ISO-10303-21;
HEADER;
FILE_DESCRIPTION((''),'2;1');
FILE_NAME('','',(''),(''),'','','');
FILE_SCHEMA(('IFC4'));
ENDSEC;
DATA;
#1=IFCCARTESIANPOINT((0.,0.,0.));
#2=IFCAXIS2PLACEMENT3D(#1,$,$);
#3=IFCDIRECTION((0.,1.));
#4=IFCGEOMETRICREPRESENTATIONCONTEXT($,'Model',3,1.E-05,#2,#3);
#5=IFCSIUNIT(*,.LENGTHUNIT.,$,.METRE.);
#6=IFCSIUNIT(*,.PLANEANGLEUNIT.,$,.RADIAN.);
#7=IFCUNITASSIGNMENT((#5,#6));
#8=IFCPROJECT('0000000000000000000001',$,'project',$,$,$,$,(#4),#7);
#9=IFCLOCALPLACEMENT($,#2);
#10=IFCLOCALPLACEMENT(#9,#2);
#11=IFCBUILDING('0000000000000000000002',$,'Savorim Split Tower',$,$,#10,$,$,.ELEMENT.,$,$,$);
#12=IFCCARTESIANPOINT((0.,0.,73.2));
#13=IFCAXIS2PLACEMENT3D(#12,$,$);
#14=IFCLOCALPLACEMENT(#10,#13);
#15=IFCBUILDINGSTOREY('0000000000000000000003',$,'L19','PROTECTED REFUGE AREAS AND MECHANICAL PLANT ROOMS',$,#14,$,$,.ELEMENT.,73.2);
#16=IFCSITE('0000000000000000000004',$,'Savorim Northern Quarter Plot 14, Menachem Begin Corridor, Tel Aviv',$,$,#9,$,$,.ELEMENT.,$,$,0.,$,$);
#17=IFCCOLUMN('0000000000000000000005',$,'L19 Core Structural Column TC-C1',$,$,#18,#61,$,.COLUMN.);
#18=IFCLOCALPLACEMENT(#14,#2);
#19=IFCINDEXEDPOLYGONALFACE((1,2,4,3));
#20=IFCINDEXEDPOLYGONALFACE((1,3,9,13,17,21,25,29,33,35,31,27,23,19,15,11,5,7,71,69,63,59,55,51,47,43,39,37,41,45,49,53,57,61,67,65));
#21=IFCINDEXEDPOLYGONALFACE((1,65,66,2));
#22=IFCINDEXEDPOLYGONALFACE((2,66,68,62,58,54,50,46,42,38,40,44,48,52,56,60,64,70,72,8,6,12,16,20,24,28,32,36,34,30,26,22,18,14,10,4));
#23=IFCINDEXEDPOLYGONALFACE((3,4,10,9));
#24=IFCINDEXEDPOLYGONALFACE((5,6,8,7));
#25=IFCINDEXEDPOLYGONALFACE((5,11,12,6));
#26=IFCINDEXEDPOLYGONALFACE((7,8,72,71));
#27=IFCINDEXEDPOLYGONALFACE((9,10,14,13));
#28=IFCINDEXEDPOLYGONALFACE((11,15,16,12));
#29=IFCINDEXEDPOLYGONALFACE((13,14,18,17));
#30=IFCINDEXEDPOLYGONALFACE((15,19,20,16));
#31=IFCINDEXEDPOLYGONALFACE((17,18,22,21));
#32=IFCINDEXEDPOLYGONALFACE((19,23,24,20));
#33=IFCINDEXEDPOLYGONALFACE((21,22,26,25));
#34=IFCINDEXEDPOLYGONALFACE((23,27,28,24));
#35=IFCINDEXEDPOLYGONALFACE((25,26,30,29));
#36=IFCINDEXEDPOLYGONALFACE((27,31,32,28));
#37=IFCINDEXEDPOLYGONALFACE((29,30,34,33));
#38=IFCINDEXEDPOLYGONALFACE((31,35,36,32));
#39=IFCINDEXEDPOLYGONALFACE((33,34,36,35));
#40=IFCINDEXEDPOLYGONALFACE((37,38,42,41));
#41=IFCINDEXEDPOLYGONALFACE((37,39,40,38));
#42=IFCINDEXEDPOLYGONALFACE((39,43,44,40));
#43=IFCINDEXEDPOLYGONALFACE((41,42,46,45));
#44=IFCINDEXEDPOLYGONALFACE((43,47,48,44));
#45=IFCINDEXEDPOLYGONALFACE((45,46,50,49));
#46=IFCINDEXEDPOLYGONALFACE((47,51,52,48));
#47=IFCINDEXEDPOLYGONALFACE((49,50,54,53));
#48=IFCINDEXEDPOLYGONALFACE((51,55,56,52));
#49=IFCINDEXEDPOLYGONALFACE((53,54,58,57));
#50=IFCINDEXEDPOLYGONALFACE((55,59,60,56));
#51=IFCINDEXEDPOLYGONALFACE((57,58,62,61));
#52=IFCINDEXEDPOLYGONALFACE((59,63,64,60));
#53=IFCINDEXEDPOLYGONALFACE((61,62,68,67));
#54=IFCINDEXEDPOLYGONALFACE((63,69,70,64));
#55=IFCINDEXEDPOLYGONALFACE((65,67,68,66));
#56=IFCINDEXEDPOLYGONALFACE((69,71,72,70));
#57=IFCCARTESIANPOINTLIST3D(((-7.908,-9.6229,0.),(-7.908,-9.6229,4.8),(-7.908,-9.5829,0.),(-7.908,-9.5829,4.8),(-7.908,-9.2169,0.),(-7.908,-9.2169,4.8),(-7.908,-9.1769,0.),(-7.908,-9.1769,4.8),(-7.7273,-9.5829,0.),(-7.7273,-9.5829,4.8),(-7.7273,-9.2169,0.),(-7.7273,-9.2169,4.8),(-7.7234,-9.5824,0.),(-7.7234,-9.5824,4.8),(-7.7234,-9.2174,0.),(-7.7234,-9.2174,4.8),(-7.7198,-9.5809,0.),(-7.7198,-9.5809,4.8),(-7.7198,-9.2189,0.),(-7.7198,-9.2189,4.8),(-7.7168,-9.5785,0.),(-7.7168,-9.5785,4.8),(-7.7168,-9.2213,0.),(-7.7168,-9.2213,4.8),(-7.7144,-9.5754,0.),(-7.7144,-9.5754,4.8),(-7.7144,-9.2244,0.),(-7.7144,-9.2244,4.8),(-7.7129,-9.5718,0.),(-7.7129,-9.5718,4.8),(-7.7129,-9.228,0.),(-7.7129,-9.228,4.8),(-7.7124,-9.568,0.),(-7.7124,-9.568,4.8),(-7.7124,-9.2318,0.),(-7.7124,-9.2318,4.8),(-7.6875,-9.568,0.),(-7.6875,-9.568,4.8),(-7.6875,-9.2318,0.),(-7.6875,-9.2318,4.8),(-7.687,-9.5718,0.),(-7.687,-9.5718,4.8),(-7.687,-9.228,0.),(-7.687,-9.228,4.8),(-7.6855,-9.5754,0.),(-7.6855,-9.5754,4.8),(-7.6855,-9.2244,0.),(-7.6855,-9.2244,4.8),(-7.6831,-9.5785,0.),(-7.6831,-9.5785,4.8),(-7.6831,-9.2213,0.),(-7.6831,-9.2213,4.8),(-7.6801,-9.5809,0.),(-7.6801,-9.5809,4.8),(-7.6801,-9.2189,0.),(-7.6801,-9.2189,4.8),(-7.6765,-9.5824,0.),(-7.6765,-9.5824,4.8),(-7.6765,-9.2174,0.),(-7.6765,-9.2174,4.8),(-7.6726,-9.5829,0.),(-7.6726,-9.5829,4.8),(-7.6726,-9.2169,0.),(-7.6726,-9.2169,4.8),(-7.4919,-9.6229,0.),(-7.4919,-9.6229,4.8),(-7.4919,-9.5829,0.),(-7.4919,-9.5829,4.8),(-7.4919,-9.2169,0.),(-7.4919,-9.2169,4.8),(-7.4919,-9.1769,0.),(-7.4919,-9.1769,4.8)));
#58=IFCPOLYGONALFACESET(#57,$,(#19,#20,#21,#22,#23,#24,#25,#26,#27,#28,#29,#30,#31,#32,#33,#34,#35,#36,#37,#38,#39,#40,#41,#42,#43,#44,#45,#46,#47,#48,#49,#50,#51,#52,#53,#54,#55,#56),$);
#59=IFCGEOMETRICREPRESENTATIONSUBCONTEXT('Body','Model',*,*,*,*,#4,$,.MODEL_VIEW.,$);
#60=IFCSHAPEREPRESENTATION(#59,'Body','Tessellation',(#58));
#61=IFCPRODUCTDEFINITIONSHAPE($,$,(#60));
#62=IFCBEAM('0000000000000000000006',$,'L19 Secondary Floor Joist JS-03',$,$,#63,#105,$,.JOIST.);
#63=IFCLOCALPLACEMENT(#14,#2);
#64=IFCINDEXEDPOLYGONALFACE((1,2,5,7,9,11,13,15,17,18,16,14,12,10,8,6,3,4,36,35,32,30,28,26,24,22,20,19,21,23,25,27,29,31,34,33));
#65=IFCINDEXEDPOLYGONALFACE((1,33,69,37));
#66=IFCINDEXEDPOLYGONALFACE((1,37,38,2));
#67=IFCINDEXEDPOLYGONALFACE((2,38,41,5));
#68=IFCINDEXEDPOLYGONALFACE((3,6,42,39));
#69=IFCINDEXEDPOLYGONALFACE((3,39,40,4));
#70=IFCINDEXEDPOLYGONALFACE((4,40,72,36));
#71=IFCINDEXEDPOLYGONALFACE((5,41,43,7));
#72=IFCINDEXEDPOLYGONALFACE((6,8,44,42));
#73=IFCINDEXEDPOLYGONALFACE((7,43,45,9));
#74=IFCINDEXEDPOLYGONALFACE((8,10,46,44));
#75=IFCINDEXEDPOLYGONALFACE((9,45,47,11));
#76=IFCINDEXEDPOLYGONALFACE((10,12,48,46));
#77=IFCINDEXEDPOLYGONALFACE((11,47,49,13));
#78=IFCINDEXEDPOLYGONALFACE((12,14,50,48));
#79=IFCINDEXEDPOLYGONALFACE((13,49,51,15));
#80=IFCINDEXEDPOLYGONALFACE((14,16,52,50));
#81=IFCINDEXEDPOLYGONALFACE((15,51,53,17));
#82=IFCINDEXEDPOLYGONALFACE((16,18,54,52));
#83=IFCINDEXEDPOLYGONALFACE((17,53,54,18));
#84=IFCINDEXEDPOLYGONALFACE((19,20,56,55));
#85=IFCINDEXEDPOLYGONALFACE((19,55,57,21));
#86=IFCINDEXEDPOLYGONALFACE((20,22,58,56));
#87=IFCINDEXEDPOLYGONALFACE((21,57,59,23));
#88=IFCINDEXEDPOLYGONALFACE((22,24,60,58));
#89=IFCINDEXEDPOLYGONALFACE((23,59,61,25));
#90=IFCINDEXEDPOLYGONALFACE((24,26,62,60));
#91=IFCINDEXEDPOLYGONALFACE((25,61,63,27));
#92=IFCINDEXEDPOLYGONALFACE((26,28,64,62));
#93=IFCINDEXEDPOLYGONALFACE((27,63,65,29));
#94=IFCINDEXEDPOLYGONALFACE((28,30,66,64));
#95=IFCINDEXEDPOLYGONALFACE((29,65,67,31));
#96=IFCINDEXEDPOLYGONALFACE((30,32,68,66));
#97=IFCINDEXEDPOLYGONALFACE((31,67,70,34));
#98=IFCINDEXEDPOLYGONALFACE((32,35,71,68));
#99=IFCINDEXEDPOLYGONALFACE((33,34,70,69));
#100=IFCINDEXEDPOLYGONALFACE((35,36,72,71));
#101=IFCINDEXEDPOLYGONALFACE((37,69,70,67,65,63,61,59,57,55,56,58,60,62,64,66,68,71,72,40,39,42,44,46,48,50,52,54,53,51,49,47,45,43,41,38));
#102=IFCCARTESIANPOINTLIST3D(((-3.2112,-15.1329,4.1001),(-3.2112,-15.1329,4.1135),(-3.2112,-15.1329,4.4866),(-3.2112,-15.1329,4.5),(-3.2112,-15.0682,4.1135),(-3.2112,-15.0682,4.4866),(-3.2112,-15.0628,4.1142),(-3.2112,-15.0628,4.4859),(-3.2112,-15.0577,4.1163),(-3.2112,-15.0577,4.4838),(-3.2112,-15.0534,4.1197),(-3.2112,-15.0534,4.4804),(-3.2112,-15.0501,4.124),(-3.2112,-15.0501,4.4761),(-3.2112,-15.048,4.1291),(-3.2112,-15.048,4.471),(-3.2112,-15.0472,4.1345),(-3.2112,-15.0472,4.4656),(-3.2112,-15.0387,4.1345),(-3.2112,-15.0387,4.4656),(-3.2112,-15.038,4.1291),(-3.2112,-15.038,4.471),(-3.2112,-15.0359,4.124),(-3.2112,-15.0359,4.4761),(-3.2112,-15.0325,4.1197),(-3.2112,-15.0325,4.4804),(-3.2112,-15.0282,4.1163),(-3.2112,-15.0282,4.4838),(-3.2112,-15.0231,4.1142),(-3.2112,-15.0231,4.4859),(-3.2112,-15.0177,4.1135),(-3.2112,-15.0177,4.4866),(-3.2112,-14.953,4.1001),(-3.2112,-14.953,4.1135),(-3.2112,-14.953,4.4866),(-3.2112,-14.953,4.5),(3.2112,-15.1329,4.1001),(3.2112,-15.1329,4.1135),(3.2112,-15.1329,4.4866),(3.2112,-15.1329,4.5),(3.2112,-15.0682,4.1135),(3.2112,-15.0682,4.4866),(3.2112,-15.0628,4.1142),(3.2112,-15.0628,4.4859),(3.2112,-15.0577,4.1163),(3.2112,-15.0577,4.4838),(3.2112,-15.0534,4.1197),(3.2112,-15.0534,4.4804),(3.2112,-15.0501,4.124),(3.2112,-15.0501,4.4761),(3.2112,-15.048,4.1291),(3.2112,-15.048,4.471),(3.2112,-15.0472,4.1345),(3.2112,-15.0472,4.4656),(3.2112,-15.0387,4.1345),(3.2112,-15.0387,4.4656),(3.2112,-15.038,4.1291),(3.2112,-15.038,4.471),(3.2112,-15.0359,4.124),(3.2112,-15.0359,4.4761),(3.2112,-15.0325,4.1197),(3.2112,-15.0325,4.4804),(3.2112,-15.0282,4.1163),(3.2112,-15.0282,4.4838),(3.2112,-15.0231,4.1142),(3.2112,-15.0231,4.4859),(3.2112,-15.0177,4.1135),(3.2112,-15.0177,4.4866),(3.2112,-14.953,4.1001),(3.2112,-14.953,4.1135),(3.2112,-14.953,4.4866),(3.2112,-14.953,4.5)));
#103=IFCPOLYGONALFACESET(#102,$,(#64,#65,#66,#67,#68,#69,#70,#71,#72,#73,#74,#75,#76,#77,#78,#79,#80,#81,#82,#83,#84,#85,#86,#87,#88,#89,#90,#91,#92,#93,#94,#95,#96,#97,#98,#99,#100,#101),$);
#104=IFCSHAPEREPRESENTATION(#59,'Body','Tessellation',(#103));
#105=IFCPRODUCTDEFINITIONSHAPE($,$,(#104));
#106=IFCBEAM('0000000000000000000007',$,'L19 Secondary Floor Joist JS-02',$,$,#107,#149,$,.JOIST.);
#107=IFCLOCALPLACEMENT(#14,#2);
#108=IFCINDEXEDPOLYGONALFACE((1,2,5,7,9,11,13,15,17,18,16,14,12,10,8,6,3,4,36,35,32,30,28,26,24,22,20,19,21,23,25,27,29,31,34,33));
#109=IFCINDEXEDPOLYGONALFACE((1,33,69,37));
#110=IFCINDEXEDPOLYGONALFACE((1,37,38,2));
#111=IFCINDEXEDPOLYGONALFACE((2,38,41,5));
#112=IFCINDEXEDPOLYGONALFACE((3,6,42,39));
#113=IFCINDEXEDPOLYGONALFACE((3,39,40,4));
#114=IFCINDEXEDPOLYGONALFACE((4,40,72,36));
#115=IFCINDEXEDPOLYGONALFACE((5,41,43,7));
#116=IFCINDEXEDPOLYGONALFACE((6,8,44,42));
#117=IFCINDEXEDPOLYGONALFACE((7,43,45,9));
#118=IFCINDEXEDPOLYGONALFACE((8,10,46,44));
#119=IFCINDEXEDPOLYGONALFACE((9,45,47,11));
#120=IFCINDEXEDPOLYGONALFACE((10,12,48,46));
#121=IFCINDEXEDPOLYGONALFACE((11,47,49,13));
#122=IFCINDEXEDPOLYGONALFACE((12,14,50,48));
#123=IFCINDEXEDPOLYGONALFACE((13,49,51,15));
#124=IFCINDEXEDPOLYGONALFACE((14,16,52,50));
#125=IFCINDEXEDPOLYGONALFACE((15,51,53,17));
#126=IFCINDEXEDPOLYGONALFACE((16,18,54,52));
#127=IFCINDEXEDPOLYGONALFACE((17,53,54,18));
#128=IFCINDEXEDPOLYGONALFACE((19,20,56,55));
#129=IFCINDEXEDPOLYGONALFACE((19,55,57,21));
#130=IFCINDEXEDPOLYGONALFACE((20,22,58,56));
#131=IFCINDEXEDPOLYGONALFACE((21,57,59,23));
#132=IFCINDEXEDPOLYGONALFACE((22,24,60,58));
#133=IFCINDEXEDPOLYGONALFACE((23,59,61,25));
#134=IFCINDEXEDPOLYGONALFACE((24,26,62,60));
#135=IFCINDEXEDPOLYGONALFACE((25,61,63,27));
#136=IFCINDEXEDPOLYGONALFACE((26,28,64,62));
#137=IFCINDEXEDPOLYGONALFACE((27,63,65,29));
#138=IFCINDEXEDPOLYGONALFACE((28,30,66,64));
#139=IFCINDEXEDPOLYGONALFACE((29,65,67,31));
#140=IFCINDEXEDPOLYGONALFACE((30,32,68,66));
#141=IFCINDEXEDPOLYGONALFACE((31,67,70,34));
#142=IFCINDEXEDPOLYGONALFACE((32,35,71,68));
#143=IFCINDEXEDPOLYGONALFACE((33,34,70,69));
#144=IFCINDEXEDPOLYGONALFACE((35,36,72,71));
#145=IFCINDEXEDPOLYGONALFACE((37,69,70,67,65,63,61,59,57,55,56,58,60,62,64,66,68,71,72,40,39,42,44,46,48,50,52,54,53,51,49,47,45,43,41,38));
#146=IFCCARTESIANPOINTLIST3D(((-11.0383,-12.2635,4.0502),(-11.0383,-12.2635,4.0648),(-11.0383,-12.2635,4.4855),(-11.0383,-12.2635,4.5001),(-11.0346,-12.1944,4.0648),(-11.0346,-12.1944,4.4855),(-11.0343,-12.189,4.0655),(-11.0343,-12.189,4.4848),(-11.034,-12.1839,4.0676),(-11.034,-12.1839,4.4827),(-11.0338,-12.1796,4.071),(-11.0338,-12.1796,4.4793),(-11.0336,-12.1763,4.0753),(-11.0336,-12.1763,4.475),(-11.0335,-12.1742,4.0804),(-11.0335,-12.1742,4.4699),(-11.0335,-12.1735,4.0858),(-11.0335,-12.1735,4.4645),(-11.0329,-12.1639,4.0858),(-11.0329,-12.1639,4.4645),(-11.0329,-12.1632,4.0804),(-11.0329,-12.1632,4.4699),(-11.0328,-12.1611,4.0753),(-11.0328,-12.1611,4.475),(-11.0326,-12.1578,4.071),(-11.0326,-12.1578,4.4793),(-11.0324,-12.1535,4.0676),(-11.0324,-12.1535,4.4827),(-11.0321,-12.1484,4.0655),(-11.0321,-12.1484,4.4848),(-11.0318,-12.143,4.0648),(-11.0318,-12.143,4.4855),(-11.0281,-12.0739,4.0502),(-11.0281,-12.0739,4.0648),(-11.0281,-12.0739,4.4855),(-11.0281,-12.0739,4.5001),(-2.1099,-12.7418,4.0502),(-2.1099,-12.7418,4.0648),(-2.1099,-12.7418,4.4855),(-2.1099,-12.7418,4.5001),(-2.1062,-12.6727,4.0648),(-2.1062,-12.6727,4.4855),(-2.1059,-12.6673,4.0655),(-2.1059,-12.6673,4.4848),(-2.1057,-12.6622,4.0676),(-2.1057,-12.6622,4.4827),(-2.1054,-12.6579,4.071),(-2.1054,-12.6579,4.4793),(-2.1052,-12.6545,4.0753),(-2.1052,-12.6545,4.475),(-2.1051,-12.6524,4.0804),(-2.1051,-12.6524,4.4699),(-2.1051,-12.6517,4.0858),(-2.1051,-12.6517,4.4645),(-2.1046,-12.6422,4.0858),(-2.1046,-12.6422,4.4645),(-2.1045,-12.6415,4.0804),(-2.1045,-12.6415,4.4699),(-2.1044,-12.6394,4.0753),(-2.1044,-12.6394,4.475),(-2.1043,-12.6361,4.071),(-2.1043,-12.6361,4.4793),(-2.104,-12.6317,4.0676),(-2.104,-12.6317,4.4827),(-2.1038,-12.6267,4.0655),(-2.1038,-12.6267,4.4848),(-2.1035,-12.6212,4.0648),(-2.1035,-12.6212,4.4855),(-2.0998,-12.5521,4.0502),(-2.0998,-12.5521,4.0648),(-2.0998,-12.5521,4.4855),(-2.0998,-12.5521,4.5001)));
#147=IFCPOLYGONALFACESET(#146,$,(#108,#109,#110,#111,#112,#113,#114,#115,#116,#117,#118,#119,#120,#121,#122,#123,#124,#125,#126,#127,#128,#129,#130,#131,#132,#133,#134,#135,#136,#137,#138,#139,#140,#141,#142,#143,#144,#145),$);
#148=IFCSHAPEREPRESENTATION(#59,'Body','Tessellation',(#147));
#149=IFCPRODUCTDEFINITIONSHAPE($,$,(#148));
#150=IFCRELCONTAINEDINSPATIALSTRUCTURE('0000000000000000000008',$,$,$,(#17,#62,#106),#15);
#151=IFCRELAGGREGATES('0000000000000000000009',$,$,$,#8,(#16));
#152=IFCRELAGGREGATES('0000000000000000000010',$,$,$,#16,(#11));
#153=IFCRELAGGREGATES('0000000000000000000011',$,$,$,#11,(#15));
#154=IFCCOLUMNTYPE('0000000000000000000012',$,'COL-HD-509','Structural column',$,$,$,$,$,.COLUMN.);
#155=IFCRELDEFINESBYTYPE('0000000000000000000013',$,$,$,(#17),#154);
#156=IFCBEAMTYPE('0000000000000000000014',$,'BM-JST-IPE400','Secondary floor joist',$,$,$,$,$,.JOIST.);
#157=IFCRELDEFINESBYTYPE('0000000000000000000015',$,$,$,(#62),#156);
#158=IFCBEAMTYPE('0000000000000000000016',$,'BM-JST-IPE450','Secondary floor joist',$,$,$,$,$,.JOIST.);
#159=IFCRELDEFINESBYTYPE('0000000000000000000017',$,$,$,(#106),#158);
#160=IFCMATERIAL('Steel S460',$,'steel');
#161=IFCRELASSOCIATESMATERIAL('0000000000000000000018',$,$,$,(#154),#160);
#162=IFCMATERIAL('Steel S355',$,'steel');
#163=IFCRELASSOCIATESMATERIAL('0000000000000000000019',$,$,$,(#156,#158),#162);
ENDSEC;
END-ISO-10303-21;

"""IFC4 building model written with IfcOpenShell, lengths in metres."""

from ifc_helpers import new_model, si_unit, direction, frame, origin, origin_2d, place, context, subcontext, project, spatial, i_section, extrude, material, material_profile, profile_set, type_object, element, save


model = new_model("IFC4")

# Units and contexts
model_context = context("Model", 3, precision=1e-05, world=origin(), true_north=direction((0.0, 1.0)))
body_context = subcontext(model_context, "Body", "Model", "MODEL_VIEW")
ifc_project = project(units=[si_unit("LENGTHUNIT", "METRE"), si_unit("PLANEANGLEUNIT", "RADIAN")], contexts=[model_context])

# Site, building, storey
site_placement = place(None, origin())
site = spatial("IfcSite", under=ifc_project, at=site_placement, Name="Savorim Northern Quarter Plot 14, Menachem Begin Corridor, Tel Aviv", CompositionType="ELEMENT", RefElevation=0.0)
building_placement = place(site_placement, origin())
building = spatial("IfcBuilding", under=site, at=building_placement, Name="Savorim Split Tower", CompositionType="ELEMENT")
storey_placement = place(building_placement, frame((0.0, 0.0, 73.2)))
storey = spatial("IfcBuildingStorey", under=building, at=storey_placement, Name="L19", Description="PROTECTED REFUGE AREAS AND MECHANICAL PLANT ROOMS", CompositionType="ELEMENT", Elevation=73.2)

# Column
ifc_material_1 = material(Name="Steel S460", Category="steel")
ifc_material_profile_1 = material_profile(ifc_material_1, i_section(OverallWidth=0.416, OverallDepth=0.446, WebThickness=0.0249, FlangeThickness=0.04, FilletRadius=0.0149, at=origin_2d()), Name="HD 400x509")
ifc_profile_set_1 = profile_set([ifc_material_profile_1], Name="Steel S460")
column_type = type_object("IfcColumnType", Name="COL-HD-509", Description="Structural column", PredefinedType="COLUMN", material=ifc_profile_set_1)
column_placement = place(storey_placement, frame((-7.7, -9.3999, 0.0), z_axis=(0.0, 0.0, 1.0), x_axis=(1.0, 0.0, 0.0)))
element("IfcColumn", 1, at=column_placement, inside=storey, type_object=column_type, Name="L19 Core Structural Column TC-C1", PredefinedType="COLUMN", context=body_context, shape_type="SweptSolid", body=[
    extrude(i_section(OverallWidth=0.416, OverallDepth=0.446, WebThickness=0.0249, FlangeThickness=0.04, FilletRadius=0.0149, at=origin_2d()), origin(), (0.0, 0.0, 1.0), 4.8),
])

# Beams
ifc_material_2 = material(Name="Steel S355", Category="steel")
ifc_material_profile_2 = material_profile(ifc_material_2, i_section(OverallWidth=0.1799, OverallDepth=0.3999, WebThickness=0.0085, FlangeThickness=0.0134, FilletRadius=0.021, at=origin_2d()), Name="IPE 400")
ifc_profile_set_2 = profile_set([ifc_material_profile_2], Name="Steel S355")
beam_type_1 = type_object("IfcBeamType", Name="BM-JST-IPE400", Description="Secondary floor joist", PredefinedType="JOIST", material=ifc_profile_set_2)
beam_1_placement = place(storey_placement, frame((-3.2112, -15.043, 4.3), z_axis=(1.0, 0.0, 0.0), x_axis=(0.0, 1.0, 0.0)))
element("IfcBeam", 2, at=beam_1_placement, inside=storey, type_object=beam_type_1, Name="L19 Secondary Floor Joist JS-03", PredefinedType="JOIST", context=body_context, shape_type="SweptSolid", body=[
    extrude(i_section(OverallWidth=0.1799, OverallDepth=0.3999, WebThickness=0.0085, FlangeThickness=0.0134, FilletRadius=0.021, at=origin_2d()), origin(), (0.0, 0.0, 1.0), 6.4224),
])
ifc_material_profile_3 = material_profile(ifc_material_2, i_section(OverallWidth=0.1899, OverallDepth=0.45, WebThickness=0.0095, FlangeThickness=0.0146, FilletRadius=0.021, at=origin_2d()), Name="IPE 450")
ifc_profile_set_3 = profile_set([ifc_material_profile_3], Name="Steel S355")
beam_type_2 = type_object("IfcBeamType", Name="BM-JST-IPE450", Description="Secondary floor joist", PredefinedType="JOIST", material=ifc_profile_set_3)
beam_2_placement = place(storey_placement, frame((-11.0332, -12.1687, 4.2751), z_axis=(0.998568, -0.05349, 0.0), x_axis=(0.05349, 0.998568, 0.0)))
element("IfcBeam", 3, at=beam_2_placement, inside=storey, type_object=beam_type_2, Name="L19 Secondary Floor Joist JS-02", PredefinedType="JOIST", context=body_context, shape_type="SweptSolid", body=[
    extrude(i_section(OverallWidth=0.1899, OverallDepth=0.45, WebThickness=0.0095, FlangeThickness=0.0146, FilletRadius=0.021, at=origin_2d()), origin(), (0.0, 0.0, 1.0), 8.9412),
])

save(model, "model.ifc")
